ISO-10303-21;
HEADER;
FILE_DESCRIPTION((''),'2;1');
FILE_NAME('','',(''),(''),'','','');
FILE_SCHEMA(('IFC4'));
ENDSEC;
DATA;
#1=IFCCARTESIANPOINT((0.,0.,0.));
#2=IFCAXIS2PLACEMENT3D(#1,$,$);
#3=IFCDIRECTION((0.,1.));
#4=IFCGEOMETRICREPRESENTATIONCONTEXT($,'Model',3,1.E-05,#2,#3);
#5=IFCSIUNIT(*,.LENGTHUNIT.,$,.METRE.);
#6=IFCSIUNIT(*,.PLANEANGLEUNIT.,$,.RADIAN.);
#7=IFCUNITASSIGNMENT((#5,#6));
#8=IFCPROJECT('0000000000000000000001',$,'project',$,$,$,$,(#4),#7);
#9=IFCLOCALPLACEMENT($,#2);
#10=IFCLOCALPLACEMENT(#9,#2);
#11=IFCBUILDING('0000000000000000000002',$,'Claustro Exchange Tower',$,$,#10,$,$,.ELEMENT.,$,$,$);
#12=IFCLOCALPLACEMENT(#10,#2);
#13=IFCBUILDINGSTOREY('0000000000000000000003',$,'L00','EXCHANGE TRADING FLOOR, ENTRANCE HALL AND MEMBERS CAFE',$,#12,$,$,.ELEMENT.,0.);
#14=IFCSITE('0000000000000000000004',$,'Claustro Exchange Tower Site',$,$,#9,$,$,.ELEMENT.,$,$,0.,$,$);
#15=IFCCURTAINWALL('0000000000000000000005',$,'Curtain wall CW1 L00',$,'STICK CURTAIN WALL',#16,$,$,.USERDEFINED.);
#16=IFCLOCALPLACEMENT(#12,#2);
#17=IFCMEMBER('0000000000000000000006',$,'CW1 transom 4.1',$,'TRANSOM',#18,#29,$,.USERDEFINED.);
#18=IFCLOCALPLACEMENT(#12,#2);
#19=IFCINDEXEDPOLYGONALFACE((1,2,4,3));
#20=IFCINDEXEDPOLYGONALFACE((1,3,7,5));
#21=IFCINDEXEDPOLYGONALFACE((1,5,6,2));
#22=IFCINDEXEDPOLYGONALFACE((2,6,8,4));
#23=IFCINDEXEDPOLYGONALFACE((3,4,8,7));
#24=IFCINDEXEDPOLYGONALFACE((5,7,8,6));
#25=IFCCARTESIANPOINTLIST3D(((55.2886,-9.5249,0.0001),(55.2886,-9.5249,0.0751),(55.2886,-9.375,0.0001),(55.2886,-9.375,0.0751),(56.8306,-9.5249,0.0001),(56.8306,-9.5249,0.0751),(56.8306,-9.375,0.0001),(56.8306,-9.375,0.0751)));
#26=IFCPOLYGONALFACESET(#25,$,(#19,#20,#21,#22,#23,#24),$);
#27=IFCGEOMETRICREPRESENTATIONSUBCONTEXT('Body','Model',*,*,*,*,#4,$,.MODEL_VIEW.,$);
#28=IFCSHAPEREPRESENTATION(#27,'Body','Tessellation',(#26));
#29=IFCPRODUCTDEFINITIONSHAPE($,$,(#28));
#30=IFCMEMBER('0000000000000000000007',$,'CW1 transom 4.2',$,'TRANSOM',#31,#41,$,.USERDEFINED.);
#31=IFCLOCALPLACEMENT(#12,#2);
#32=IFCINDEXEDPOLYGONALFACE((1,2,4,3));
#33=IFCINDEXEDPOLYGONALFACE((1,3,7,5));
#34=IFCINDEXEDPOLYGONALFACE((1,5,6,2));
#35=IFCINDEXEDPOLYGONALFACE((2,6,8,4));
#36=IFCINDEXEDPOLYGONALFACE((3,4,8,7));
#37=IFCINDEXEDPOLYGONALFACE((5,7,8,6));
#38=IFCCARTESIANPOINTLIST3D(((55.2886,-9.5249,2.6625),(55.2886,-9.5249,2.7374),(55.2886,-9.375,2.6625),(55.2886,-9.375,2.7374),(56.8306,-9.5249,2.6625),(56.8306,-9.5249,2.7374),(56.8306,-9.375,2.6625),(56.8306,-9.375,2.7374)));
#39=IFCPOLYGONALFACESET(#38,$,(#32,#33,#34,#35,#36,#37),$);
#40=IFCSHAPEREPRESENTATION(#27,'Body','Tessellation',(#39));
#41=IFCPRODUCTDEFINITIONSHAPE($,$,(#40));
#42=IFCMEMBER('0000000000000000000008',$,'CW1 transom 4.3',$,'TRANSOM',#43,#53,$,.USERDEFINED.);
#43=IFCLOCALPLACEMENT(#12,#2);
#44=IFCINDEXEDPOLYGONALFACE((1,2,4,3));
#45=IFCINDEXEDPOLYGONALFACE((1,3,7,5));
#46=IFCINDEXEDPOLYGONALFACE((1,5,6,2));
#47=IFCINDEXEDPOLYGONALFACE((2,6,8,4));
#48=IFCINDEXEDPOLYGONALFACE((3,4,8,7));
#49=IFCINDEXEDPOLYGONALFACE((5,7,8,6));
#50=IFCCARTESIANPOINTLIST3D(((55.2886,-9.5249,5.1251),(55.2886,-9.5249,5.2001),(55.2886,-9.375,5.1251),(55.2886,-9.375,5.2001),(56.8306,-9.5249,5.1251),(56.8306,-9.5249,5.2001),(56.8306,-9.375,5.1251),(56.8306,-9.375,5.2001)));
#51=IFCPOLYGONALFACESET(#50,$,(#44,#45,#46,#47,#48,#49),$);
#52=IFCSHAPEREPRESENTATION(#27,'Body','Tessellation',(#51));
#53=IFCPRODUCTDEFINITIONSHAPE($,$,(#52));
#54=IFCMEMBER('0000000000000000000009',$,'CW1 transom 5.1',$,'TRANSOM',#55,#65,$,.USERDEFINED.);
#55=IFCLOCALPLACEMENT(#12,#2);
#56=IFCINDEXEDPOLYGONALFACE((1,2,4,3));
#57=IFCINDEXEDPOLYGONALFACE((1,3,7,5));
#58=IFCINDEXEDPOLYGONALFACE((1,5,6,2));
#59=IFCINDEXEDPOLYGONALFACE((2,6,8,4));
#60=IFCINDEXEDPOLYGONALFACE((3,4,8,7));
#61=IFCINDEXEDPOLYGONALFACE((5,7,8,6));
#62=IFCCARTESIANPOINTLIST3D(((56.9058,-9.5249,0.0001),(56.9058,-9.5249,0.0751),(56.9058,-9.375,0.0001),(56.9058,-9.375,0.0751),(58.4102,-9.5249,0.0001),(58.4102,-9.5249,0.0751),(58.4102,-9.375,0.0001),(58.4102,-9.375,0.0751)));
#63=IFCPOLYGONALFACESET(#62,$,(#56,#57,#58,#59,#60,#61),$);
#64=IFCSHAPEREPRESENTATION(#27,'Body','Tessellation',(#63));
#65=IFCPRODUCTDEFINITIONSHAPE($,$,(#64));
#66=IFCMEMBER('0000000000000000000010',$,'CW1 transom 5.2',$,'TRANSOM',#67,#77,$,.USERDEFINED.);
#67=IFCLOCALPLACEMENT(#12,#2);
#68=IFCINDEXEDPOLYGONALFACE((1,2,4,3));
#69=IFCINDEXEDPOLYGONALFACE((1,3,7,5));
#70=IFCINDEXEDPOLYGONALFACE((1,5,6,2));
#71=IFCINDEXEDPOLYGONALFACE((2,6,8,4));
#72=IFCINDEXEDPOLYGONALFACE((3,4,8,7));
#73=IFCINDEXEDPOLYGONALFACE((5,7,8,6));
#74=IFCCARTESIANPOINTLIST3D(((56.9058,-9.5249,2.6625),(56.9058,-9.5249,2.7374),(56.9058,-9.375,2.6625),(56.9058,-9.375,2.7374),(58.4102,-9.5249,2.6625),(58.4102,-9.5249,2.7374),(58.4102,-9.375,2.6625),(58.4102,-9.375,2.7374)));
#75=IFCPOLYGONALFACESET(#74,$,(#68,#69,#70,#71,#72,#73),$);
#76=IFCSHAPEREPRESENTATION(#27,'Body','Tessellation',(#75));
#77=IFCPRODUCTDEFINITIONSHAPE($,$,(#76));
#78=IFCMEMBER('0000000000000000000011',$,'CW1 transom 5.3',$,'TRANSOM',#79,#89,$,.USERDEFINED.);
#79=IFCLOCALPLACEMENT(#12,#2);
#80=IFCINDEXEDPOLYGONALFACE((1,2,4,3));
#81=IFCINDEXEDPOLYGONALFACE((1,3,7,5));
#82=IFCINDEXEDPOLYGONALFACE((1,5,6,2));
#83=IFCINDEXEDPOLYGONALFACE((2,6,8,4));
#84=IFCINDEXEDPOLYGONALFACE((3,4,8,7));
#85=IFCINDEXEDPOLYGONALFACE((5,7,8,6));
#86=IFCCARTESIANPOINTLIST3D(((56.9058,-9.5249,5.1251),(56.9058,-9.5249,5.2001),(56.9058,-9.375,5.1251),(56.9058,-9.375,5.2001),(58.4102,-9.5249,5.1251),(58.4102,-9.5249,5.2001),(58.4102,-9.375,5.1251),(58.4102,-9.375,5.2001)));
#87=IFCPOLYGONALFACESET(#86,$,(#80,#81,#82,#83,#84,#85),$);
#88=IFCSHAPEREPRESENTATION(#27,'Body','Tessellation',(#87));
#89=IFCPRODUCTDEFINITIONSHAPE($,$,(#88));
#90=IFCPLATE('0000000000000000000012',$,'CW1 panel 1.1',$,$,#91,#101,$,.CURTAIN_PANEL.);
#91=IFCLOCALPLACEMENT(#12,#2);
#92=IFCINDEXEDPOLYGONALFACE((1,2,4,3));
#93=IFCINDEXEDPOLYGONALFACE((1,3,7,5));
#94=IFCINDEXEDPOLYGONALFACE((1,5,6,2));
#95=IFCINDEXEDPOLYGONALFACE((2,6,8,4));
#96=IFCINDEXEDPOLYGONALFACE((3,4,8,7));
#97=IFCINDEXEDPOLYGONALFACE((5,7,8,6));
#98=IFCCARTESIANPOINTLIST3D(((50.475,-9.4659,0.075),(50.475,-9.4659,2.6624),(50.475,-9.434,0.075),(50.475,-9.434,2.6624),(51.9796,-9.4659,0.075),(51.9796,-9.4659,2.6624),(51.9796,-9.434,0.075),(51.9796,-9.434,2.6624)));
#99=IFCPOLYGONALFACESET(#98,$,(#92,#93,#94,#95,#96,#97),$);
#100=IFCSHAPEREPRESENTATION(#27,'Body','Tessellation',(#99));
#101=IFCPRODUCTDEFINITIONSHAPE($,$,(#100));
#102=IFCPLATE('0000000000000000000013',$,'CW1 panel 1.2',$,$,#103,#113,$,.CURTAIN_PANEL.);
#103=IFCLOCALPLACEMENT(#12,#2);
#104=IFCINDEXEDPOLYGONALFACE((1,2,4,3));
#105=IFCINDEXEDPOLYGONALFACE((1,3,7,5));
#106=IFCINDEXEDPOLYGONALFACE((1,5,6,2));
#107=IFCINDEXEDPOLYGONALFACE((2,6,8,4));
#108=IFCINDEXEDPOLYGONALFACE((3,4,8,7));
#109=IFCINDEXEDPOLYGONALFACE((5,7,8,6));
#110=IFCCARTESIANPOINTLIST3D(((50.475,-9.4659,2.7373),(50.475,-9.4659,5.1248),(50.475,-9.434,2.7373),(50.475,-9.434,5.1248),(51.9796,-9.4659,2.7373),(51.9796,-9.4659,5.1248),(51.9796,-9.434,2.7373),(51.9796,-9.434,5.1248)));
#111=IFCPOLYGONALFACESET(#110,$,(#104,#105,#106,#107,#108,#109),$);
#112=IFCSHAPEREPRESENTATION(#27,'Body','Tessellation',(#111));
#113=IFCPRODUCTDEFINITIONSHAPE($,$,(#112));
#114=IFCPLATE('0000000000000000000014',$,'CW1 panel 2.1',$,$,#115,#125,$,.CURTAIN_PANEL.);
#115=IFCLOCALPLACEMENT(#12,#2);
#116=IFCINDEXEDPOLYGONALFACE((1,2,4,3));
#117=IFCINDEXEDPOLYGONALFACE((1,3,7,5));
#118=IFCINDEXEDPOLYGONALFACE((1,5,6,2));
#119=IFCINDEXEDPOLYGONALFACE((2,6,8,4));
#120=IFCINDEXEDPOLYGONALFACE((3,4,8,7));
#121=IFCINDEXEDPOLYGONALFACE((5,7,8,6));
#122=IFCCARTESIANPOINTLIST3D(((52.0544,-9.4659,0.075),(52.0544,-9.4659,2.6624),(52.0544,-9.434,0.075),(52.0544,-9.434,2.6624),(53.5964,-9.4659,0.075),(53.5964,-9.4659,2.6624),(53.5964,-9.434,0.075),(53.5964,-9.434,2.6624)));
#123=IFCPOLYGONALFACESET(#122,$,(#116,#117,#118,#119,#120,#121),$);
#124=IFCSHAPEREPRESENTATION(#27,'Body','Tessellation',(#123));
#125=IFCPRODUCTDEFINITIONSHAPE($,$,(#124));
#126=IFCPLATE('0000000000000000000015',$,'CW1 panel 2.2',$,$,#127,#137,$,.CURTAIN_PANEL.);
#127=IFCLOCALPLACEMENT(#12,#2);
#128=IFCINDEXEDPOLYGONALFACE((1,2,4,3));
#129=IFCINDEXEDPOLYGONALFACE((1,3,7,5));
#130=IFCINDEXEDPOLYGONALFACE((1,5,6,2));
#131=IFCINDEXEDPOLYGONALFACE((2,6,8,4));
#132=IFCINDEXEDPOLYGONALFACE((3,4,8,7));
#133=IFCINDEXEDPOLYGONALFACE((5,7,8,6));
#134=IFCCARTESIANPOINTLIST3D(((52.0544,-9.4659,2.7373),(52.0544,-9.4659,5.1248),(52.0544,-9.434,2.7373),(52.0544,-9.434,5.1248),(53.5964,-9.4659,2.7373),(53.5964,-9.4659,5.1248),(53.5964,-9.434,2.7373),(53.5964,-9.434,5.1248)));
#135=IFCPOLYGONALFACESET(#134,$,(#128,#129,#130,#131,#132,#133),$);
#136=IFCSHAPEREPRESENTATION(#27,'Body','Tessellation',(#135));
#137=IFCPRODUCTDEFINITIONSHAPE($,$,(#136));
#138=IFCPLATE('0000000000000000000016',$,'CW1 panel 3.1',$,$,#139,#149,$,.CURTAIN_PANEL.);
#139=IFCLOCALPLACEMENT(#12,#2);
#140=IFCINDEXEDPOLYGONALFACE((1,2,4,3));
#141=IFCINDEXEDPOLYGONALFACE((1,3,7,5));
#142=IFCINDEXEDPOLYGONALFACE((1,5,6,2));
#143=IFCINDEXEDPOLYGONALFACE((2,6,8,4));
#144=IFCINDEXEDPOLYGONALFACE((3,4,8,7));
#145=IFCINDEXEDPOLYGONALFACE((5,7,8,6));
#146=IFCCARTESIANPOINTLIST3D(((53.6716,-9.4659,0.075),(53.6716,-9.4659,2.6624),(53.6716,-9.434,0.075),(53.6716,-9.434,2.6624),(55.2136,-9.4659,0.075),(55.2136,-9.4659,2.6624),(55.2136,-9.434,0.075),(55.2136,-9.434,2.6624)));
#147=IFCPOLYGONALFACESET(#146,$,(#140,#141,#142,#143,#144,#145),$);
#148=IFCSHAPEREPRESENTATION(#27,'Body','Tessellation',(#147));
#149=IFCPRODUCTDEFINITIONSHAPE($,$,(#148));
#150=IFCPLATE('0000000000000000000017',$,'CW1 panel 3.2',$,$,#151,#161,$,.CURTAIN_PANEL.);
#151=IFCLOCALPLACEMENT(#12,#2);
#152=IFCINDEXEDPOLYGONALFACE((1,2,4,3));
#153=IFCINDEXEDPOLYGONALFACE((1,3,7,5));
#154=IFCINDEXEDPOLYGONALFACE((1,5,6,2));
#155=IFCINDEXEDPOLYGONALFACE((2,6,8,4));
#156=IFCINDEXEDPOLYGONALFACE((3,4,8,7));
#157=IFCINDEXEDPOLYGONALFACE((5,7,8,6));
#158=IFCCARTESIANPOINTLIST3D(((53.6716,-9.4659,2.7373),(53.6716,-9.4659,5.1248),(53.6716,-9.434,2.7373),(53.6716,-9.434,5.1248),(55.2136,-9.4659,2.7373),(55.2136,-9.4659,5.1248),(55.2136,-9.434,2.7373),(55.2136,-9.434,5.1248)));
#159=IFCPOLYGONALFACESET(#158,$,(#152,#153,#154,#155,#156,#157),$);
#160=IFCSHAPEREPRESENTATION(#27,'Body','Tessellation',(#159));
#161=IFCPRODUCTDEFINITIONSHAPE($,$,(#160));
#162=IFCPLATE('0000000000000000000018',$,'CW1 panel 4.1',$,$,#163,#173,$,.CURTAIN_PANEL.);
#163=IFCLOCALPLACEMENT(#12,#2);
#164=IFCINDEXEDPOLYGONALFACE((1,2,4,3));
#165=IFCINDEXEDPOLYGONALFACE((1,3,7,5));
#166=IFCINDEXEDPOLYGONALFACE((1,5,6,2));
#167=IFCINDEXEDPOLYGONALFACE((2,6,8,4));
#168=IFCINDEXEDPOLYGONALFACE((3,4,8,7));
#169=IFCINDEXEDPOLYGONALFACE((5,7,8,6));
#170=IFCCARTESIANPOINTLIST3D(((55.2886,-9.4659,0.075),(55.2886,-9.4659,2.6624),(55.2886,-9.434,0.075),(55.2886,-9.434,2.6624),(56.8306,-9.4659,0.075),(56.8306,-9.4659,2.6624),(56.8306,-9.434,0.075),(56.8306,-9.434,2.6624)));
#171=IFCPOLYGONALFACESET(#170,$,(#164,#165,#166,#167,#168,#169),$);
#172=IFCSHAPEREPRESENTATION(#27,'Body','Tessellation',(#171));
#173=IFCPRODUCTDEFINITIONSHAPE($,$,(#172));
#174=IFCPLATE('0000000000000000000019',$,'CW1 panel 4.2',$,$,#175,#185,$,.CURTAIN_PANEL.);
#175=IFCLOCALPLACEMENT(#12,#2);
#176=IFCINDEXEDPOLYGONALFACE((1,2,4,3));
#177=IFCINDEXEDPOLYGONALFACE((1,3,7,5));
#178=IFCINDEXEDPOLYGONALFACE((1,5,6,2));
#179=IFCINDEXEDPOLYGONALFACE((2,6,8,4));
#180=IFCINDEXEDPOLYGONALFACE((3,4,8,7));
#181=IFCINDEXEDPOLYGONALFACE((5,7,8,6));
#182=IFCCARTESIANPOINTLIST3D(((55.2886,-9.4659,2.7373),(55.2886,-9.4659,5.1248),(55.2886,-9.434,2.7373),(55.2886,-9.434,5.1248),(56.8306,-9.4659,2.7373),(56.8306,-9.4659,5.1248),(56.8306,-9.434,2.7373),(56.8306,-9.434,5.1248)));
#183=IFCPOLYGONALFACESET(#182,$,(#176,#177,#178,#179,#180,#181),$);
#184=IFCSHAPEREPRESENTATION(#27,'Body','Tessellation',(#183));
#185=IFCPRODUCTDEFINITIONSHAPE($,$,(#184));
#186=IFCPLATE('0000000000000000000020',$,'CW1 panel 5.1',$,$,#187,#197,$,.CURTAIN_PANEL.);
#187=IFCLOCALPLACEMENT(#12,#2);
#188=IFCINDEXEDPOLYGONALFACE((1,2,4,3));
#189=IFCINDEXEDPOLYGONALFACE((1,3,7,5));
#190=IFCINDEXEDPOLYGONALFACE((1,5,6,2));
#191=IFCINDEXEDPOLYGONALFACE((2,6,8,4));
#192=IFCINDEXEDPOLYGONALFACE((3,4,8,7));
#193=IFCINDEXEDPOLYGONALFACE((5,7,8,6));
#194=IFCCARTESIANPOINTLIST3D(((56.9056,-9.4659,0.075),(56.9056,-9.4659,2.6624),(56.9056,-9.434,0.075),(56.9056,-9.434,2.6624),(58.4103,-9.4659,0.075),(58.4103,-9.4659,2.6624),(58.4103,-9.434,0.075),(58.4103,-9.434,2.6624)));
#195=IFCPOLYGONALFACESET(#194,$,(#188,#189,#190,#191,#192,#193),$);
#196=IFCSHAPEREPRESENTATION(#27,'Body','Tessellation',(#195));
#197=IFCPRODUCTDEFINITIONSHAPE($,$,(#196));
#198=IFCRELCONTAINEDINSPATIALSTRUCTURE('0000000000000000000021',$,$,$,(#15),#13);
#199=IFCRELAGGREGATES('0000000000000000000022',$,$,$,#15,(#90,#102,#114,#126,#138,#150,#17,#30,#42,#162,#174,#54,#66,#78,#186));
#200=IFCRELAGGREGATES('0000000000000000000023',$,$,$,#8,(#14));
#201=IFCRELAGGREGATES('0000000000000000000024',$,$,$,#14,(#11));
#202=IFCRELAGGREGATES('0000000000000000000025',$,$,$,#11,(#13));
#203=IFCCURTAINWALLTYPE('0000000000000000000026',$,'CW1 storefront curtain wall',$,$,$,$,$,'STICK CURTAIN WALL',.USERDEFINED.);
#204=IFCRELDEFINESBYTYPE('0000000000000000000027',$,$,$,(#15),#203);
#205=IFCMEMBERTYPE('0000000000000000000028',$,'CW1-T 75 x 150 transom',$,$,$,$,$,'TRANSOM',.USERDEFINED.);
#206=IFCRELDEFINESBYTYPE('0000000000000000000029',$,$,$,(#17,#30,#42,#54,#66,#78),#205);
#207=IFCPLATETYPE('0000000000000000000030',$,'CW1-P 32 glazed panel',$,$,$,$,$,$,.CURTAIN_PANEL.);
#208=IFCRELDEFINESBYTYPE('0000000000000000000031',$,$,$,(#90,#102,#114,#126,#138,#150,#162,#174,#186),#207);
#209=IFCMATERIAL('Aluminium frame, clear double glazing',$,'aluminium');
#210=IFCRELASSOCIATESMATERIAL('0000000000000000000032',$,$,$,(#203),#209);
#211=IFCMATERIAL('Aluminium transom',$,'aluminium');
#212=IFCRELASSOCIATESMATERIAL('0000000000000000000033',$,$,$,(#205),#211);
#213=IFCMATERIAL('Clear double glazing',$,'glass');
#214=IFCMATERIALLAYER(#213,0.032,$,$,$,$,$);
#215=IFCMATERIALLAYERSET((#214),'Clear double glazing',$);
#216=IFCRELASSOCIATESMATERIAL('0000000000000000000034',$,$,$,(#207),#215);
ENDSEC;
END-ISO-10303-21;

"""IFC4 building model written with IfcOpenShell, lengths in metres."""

from ifc_helpers import new_model, si_unit, direction, frame, origin, origin_2d, place, context, subcontext, project, spatial, rectangle, extrude, material, layer, layer_set, material_profile, profile_set, type_object, element, aggregate, save


model = new_model("IFC4")

# Units and contexts
model_context = context("Model", 3, precision=1e-05, world=origin(), true_north=direction((0.0, 1.0)))
body_context = subcontext(model_context, "Body", "Model", "MODEL_VIEW")
ifc_project = project(units=[si_unit("LENGTHUNIT", "METRE"), si_unit("PLANEANGLEUNIT", "RADIAN")], contexts=[model_context])

# Site, building, storey
site_placement = place(None, origin())
site = spatial("IfcSite", under=ifc_project, at=site_placement, Name="Claustro Exchange Tower Site", CompositionType="ELEMENT", RefElevation=0.0)
building_placement = place(site_placement, origin())
building = spatial("IfcBuilding", under=site, at=building_placement, Name="Claustro Exchange Tower", CompositionType="ELEMENT")
storey_placement = place(building_placement, origin())
storey = spatial("IfcBuildingStorey", under=building, at=storey_placement, Name="L00", Description="EXCHANGE TRADING FLOOR, ENTRANCE HALL AND MEMBERS CAFE", CompositionType="ELEMENT", Elevation=0.0)

# Curtain wall, members, plates
ifc_material_1 = material(Name="Aluminium frame, clear double glazing", Category="aluminium")
curtain_wall_type = type_object("IfcCurtainWallType", Name="CW1 storefront curtain wall", ElementType="STICK CURTAIN WALL", PredefinedType="USERDEFINED", material=ifc_material_1)
curtain_wall_placement = place(storey_placement, origin())
curtain_wall = element("IfcCurtainWall", 1, at=curtain_wall_placement, inside=storey, type_object=curtain_wall_type, Name="Curtain wall CW1 L00", ObjectType="STICK CURTAIN WALL", PredefinedType="USERDEFINED")
ifc_material_2 = material(Name="Aluminium transom", Category="aluminium")
ifc_material_profile_1 = material_profile(ifc_material_2, rectangle(XDim=0.1499, YDim=0.075, at=origin_2d()), Name="CW1-T 75x150")
ifc_profile_set_1 = profile_set([ifc_material_profile_1], Name="Aluminium transom")
member_type_1 = type_object("IfcMemberType", Name="CW1-T 75 x 150 transom", ElementType="TRANSOM", PredefinedType="USERDEFINED", material=ifc_profile_set_1)
member_1_placement = place(storey_placement, frame((55.2886, -9.45, 0.0376), z_axis=(1.0, 0.0, 0.0), x_axis=(0.0, 1.0, 0.0)))
member_1 = element("IfcMember", 2, at=member_1_placement, type_object=member_type_1, Name="CW1 transom 4.1", ObjectType="TRANSOM", PredefinedType="USERDEFINED", context=body_context, shape_type="SweptSolid", body=[
    extrude(rectangle(XDim=0.1499, YDim=0.075, at=origin_2d()), origin(), (0.0, 0.0, 1.0), 1.542),
])
member_2_placement = place(storey_placement, frame((55.2886, -9.45, 2.7), z_axis=(1.0, 0.0, 0.0), x_axis=(0.0, 1.0, 0.0)))
member_2 = element("IfcMember", 3, at=member_2_placement, type_object=member_type_1, Name="CW1 transom 4.2", ObjectType="TRANSOM", PredefinedType="USERDEFINED", context=body_context, shape_type="SweptSolid", body=[
    extrude(rectangle(XDim=0.1499, YDim=0.075, at=origin_2d()), origin(), (0.0, 0.0, 1.0), 1.542),
])
member_3_placement = place(storey_placement, frame((55.2886, -9.45, 5.1626), z_axis=(1.0, 0.0, 0.0), x_axis=(0.0, 1.0, 0.0)))
member_3 = element("IfcMember", 4, at=member_3_placement, type_object=member_type_1, Name="CW1 transom 4.3", ObjectType="TRANSOM", PredefinedType="USERDEFINED", context=body_context, shape_type="SweptSolid", body=[
    extrude(rectangle(XDim=0.1499, YDim=0.075, at=origin_2d()), origin(), (0.0, 0.0, 1.0), 1.542),
])
member_4_placement = place(storey_placement, frame((56.9058, -9.45, 0.0376), z_axis=(1.0, 0.0, 0.0), x_axis=(0.0, 1.0, 0.0)))
member_4 = element("IfcMember", 5, at=member_4_placement, type_object=member_type_1, Name="CW1 transom 5.1", ObjectType="TRANSOM", PredefinedType="USERDEFINED", context=body_context, shape_type="SweptSolid", body=[
    extrude(rectangle(XDim=0.1499, YDim=0.075, at=origin_2d()), origin(), (0.0, 0.0, 1.0), 1.5044),
])
member_5_placement = place(storey_placement, frame((56.9058, -9.45, 2.7), z_axis=(1.0, 0.0, 0.0), x_axis=(0.0, 1.0, 0.0)))
member_5 = element("IfcMember", 6, at=member_5_placement, type_object=member_type_1, Name="CW1 transom 5.2", ObjectType="TRANSOM", PredefinedType="USERDEFINED", context=body_context, shape_type="SweptSolid", body=[
    extrude(rectangle(XDim=0.1499, YDim=0.075, at=origin_2d()), origin(), (0.0, 0.0, 1.0), 1.5044),
])
member_6_placement = place(storey_placement, frame((56.9058, -9.45, 5.1626), z_axis=(1.0, 0.0, 0.0), x_axis=(0.0, 1.0, 0.0)))
member_6 = element("IfcMember", 7, at=member_6_placement, type_object=member_type_1, Name="CW1 transom 5.3", ObjectType="TRANSOM", PredefinedType="USERDEFINED", context=body_context, shape_type="SweptSolid", body=[
    extrude(rectangle(XDim=0.1499, YDim=0.075, at=origin_2d()), origin(), (0.0, 0.0, 1.0), 1.5044),
])
ifc_material_3 = material(Name="Clear double glazing", Category="glass")
ifc_layer = layer(ifc_material_3, 0.032)
ifc_layer_set = layer_set([ifc_layer], Name="Clear double glazing")
plate_type = type_object("IfcPlateType", Name="CW1-P 32 glazed panel", PredefinedType="CURTAIN_PANEL", material=ifc_layer_set)
plate_1_placement = place(storey_placement, frame((51.2273, -9.45, 0.075), z_axis=(0.0, 0.0, 1.0), x_axis=(1.0, 0.0, 0.0)))
plate_1 = element("IfcPlate", 8, at=plate_1_placement, type_object=plate_type, Name="CW1 panel 1.1", PredefinedType="CURTAIN_PANEL", context=body_context, shape_type="SweptSolid", body=[
    extrude(rectangle(XDim=1.5046, YDim=0.032, at=origin_2d()), origin(), (0.0, 0.0, 1.0), 2.5874),
])
plate_2_placement = place(storey_placement, frame((51.2273, -9.45, 2.7373), z_axis=(0.0, 0.0, 1.0), x_axis=(1.0, 0.0, 0.0)))
plate_2 = element("IfcPlate", 9, at=plate_2_placement, type_object=plate_type, Name="CW1 panel 1.2", PredefinedType="CURTAIN_PANEL", context=body_context, shape_type="SweptSolid", body=[
    extrude(rectangle(XDim=1.5046, YDim=0.032, at=origin_2d()), origin(), (0.0, 0.0, 1.0), 2.3875),
])
plate_3_placement = place(storey_placement, frame((52.8254, -9.45, 0.075), z_axis=(0.0, 0.0, 1.0), x_axis=(1.0, 0.0, 0.0)))
plate_3 = element("IfcPlate", 10, at=plate_3_placement, type_object=plate_type, Name="CW1 panel 2.1", PredefinedType="CURTAIN_PANEL", context=body_context, shape_type="SweptSolid", body=[
    extrude(rectangle(XDim=1.542, YDim=0.032, at=origin_2d()), origin(), (0.0, 0.0, 1.0), 2.5874),
])
plate_4_placement = place(storey_placement, frame((52.8254, -9.45, 2.7373), z_axis=(0.0, 0.0, 1.0), x_axis=(1.0, 0.0, 0.0)))
plate_4 = element("IfcPlate", 11, at=plate_4_placement, type_object=plate_type, Name="CW1 panel 2.2", PredefinedType="CURTAIN_PANEL", context=body_context, shape_type="SweptSolid", body=[
    extrude(rectangle(XDim=1.542, YDim=0.032, at=origin_2d()), origin(), (0.0, 0.0, 1.0), 2.3875),
])
plate_5_placement = place(storey_placement, frame((54.4426, -9.45, 0.075), z_axis=(0.0, 0.0, 1.0), x_axis=(1.0, 0.0, 0.0)))
plate_5 = element("IfcPlate", 12, at=plate_5_placement, type_object=plate_type, Name="CW1 panel 3.1", PredefinedType="CURTAIN_PANEL", context=body_context, shape_type="SweptSolid", body=[
    extrude(rectangle(XDim=1.542, YDim=0.032, at=origin_2d()), origin(), (0.0, 0.0, 1.0), 2.5874),
])
plate_6_placement = place(storey_placement, frame((54.4426, -9.45, 2.7373), z_axis=(0.0, 0.0, 1.0), x_axis=(1.0, 0.0, 0.0)))
plate_6 = element("IfcPlate", 13, at=plate_6_placement, type_object=plate_type, Name="CW1 panel 3.2", PredefinedType="CURTAIN_PANEL", context=body_context, shape_type="SweptSolid", body=[
    extrude(rectangle(XDim=1.542, YDim=0.032, at=origin_2d()), origin(), (0.0, 0.0, 1.0), 2.3875),
])
plate_7_placement = place(storey_placement, frame((56.0596, -9.45, 0.075), z_axis=(0.0, 0.0, 1.0), x_axis=(1.0, 0.0, 0.0)))
plate_7 = element("IfcPlate", 14, at=plate_7_placement, type_object=plate_type, Name="CW1 panel 4.1", PredefinedType="CURTAIN_PANEL", context=body_context, shape_type="SweptSolid", body=[
    extrude(rectangle(XDim=1.542, YDim=0.032, at=origin_2d()), origin(), (0.0, 0.0, 1.0), 2.5874),
])
plate_8_placement = place(storey_placement, frame((56.0596, -9.45, 2.7373), z_axis=(0.0, 0.0, 1.0), x_axis=(1.0, 0.0, 0.0)))
plate_8 = element("IfcPlate", 15, at=plate_8_placement, type_object=plate_type, Name="CW1 panel 4.2", PredefinedType="CURTAIN_PANEL", context=body_context, shape_type="SweptSolid", body=[
    extrude(rectangle(XDim=1.542, YDim=0.032, at=origin_2d()), origin(), (0.0, 0.0, 1.0), 2.3875),
])
plate_9_placement = place(storey_placement, frame((57.658, -9.45, 0.075), z_axis=(0.0, 0.0, 1.0), x_axis=(1.0, 0.0, 0.0)))
plate_9 = element("IfcPlate", 16, at=plate_9_placement, type_object=plate_type, Name="CW1 panel 5.1", PredefinedType="CURTAIN_PANEL", context=body_context, shape_type="SweptSolid", body=[
    extrude(rectangle(XDim=1.5046, YDim=0.032, at=origin_2d()), origin(), (0.0, 0.0, 1.0), 2.5874),
])
aggregate(curtain_wall, [plate_1, plate_2, plate_3, plate_4, plate_5, plate_6, member_1, member_2, member_3, plate_7, plate_8, member_4, member_5, member_6, plate_9])

save(model, "model.ifc")
